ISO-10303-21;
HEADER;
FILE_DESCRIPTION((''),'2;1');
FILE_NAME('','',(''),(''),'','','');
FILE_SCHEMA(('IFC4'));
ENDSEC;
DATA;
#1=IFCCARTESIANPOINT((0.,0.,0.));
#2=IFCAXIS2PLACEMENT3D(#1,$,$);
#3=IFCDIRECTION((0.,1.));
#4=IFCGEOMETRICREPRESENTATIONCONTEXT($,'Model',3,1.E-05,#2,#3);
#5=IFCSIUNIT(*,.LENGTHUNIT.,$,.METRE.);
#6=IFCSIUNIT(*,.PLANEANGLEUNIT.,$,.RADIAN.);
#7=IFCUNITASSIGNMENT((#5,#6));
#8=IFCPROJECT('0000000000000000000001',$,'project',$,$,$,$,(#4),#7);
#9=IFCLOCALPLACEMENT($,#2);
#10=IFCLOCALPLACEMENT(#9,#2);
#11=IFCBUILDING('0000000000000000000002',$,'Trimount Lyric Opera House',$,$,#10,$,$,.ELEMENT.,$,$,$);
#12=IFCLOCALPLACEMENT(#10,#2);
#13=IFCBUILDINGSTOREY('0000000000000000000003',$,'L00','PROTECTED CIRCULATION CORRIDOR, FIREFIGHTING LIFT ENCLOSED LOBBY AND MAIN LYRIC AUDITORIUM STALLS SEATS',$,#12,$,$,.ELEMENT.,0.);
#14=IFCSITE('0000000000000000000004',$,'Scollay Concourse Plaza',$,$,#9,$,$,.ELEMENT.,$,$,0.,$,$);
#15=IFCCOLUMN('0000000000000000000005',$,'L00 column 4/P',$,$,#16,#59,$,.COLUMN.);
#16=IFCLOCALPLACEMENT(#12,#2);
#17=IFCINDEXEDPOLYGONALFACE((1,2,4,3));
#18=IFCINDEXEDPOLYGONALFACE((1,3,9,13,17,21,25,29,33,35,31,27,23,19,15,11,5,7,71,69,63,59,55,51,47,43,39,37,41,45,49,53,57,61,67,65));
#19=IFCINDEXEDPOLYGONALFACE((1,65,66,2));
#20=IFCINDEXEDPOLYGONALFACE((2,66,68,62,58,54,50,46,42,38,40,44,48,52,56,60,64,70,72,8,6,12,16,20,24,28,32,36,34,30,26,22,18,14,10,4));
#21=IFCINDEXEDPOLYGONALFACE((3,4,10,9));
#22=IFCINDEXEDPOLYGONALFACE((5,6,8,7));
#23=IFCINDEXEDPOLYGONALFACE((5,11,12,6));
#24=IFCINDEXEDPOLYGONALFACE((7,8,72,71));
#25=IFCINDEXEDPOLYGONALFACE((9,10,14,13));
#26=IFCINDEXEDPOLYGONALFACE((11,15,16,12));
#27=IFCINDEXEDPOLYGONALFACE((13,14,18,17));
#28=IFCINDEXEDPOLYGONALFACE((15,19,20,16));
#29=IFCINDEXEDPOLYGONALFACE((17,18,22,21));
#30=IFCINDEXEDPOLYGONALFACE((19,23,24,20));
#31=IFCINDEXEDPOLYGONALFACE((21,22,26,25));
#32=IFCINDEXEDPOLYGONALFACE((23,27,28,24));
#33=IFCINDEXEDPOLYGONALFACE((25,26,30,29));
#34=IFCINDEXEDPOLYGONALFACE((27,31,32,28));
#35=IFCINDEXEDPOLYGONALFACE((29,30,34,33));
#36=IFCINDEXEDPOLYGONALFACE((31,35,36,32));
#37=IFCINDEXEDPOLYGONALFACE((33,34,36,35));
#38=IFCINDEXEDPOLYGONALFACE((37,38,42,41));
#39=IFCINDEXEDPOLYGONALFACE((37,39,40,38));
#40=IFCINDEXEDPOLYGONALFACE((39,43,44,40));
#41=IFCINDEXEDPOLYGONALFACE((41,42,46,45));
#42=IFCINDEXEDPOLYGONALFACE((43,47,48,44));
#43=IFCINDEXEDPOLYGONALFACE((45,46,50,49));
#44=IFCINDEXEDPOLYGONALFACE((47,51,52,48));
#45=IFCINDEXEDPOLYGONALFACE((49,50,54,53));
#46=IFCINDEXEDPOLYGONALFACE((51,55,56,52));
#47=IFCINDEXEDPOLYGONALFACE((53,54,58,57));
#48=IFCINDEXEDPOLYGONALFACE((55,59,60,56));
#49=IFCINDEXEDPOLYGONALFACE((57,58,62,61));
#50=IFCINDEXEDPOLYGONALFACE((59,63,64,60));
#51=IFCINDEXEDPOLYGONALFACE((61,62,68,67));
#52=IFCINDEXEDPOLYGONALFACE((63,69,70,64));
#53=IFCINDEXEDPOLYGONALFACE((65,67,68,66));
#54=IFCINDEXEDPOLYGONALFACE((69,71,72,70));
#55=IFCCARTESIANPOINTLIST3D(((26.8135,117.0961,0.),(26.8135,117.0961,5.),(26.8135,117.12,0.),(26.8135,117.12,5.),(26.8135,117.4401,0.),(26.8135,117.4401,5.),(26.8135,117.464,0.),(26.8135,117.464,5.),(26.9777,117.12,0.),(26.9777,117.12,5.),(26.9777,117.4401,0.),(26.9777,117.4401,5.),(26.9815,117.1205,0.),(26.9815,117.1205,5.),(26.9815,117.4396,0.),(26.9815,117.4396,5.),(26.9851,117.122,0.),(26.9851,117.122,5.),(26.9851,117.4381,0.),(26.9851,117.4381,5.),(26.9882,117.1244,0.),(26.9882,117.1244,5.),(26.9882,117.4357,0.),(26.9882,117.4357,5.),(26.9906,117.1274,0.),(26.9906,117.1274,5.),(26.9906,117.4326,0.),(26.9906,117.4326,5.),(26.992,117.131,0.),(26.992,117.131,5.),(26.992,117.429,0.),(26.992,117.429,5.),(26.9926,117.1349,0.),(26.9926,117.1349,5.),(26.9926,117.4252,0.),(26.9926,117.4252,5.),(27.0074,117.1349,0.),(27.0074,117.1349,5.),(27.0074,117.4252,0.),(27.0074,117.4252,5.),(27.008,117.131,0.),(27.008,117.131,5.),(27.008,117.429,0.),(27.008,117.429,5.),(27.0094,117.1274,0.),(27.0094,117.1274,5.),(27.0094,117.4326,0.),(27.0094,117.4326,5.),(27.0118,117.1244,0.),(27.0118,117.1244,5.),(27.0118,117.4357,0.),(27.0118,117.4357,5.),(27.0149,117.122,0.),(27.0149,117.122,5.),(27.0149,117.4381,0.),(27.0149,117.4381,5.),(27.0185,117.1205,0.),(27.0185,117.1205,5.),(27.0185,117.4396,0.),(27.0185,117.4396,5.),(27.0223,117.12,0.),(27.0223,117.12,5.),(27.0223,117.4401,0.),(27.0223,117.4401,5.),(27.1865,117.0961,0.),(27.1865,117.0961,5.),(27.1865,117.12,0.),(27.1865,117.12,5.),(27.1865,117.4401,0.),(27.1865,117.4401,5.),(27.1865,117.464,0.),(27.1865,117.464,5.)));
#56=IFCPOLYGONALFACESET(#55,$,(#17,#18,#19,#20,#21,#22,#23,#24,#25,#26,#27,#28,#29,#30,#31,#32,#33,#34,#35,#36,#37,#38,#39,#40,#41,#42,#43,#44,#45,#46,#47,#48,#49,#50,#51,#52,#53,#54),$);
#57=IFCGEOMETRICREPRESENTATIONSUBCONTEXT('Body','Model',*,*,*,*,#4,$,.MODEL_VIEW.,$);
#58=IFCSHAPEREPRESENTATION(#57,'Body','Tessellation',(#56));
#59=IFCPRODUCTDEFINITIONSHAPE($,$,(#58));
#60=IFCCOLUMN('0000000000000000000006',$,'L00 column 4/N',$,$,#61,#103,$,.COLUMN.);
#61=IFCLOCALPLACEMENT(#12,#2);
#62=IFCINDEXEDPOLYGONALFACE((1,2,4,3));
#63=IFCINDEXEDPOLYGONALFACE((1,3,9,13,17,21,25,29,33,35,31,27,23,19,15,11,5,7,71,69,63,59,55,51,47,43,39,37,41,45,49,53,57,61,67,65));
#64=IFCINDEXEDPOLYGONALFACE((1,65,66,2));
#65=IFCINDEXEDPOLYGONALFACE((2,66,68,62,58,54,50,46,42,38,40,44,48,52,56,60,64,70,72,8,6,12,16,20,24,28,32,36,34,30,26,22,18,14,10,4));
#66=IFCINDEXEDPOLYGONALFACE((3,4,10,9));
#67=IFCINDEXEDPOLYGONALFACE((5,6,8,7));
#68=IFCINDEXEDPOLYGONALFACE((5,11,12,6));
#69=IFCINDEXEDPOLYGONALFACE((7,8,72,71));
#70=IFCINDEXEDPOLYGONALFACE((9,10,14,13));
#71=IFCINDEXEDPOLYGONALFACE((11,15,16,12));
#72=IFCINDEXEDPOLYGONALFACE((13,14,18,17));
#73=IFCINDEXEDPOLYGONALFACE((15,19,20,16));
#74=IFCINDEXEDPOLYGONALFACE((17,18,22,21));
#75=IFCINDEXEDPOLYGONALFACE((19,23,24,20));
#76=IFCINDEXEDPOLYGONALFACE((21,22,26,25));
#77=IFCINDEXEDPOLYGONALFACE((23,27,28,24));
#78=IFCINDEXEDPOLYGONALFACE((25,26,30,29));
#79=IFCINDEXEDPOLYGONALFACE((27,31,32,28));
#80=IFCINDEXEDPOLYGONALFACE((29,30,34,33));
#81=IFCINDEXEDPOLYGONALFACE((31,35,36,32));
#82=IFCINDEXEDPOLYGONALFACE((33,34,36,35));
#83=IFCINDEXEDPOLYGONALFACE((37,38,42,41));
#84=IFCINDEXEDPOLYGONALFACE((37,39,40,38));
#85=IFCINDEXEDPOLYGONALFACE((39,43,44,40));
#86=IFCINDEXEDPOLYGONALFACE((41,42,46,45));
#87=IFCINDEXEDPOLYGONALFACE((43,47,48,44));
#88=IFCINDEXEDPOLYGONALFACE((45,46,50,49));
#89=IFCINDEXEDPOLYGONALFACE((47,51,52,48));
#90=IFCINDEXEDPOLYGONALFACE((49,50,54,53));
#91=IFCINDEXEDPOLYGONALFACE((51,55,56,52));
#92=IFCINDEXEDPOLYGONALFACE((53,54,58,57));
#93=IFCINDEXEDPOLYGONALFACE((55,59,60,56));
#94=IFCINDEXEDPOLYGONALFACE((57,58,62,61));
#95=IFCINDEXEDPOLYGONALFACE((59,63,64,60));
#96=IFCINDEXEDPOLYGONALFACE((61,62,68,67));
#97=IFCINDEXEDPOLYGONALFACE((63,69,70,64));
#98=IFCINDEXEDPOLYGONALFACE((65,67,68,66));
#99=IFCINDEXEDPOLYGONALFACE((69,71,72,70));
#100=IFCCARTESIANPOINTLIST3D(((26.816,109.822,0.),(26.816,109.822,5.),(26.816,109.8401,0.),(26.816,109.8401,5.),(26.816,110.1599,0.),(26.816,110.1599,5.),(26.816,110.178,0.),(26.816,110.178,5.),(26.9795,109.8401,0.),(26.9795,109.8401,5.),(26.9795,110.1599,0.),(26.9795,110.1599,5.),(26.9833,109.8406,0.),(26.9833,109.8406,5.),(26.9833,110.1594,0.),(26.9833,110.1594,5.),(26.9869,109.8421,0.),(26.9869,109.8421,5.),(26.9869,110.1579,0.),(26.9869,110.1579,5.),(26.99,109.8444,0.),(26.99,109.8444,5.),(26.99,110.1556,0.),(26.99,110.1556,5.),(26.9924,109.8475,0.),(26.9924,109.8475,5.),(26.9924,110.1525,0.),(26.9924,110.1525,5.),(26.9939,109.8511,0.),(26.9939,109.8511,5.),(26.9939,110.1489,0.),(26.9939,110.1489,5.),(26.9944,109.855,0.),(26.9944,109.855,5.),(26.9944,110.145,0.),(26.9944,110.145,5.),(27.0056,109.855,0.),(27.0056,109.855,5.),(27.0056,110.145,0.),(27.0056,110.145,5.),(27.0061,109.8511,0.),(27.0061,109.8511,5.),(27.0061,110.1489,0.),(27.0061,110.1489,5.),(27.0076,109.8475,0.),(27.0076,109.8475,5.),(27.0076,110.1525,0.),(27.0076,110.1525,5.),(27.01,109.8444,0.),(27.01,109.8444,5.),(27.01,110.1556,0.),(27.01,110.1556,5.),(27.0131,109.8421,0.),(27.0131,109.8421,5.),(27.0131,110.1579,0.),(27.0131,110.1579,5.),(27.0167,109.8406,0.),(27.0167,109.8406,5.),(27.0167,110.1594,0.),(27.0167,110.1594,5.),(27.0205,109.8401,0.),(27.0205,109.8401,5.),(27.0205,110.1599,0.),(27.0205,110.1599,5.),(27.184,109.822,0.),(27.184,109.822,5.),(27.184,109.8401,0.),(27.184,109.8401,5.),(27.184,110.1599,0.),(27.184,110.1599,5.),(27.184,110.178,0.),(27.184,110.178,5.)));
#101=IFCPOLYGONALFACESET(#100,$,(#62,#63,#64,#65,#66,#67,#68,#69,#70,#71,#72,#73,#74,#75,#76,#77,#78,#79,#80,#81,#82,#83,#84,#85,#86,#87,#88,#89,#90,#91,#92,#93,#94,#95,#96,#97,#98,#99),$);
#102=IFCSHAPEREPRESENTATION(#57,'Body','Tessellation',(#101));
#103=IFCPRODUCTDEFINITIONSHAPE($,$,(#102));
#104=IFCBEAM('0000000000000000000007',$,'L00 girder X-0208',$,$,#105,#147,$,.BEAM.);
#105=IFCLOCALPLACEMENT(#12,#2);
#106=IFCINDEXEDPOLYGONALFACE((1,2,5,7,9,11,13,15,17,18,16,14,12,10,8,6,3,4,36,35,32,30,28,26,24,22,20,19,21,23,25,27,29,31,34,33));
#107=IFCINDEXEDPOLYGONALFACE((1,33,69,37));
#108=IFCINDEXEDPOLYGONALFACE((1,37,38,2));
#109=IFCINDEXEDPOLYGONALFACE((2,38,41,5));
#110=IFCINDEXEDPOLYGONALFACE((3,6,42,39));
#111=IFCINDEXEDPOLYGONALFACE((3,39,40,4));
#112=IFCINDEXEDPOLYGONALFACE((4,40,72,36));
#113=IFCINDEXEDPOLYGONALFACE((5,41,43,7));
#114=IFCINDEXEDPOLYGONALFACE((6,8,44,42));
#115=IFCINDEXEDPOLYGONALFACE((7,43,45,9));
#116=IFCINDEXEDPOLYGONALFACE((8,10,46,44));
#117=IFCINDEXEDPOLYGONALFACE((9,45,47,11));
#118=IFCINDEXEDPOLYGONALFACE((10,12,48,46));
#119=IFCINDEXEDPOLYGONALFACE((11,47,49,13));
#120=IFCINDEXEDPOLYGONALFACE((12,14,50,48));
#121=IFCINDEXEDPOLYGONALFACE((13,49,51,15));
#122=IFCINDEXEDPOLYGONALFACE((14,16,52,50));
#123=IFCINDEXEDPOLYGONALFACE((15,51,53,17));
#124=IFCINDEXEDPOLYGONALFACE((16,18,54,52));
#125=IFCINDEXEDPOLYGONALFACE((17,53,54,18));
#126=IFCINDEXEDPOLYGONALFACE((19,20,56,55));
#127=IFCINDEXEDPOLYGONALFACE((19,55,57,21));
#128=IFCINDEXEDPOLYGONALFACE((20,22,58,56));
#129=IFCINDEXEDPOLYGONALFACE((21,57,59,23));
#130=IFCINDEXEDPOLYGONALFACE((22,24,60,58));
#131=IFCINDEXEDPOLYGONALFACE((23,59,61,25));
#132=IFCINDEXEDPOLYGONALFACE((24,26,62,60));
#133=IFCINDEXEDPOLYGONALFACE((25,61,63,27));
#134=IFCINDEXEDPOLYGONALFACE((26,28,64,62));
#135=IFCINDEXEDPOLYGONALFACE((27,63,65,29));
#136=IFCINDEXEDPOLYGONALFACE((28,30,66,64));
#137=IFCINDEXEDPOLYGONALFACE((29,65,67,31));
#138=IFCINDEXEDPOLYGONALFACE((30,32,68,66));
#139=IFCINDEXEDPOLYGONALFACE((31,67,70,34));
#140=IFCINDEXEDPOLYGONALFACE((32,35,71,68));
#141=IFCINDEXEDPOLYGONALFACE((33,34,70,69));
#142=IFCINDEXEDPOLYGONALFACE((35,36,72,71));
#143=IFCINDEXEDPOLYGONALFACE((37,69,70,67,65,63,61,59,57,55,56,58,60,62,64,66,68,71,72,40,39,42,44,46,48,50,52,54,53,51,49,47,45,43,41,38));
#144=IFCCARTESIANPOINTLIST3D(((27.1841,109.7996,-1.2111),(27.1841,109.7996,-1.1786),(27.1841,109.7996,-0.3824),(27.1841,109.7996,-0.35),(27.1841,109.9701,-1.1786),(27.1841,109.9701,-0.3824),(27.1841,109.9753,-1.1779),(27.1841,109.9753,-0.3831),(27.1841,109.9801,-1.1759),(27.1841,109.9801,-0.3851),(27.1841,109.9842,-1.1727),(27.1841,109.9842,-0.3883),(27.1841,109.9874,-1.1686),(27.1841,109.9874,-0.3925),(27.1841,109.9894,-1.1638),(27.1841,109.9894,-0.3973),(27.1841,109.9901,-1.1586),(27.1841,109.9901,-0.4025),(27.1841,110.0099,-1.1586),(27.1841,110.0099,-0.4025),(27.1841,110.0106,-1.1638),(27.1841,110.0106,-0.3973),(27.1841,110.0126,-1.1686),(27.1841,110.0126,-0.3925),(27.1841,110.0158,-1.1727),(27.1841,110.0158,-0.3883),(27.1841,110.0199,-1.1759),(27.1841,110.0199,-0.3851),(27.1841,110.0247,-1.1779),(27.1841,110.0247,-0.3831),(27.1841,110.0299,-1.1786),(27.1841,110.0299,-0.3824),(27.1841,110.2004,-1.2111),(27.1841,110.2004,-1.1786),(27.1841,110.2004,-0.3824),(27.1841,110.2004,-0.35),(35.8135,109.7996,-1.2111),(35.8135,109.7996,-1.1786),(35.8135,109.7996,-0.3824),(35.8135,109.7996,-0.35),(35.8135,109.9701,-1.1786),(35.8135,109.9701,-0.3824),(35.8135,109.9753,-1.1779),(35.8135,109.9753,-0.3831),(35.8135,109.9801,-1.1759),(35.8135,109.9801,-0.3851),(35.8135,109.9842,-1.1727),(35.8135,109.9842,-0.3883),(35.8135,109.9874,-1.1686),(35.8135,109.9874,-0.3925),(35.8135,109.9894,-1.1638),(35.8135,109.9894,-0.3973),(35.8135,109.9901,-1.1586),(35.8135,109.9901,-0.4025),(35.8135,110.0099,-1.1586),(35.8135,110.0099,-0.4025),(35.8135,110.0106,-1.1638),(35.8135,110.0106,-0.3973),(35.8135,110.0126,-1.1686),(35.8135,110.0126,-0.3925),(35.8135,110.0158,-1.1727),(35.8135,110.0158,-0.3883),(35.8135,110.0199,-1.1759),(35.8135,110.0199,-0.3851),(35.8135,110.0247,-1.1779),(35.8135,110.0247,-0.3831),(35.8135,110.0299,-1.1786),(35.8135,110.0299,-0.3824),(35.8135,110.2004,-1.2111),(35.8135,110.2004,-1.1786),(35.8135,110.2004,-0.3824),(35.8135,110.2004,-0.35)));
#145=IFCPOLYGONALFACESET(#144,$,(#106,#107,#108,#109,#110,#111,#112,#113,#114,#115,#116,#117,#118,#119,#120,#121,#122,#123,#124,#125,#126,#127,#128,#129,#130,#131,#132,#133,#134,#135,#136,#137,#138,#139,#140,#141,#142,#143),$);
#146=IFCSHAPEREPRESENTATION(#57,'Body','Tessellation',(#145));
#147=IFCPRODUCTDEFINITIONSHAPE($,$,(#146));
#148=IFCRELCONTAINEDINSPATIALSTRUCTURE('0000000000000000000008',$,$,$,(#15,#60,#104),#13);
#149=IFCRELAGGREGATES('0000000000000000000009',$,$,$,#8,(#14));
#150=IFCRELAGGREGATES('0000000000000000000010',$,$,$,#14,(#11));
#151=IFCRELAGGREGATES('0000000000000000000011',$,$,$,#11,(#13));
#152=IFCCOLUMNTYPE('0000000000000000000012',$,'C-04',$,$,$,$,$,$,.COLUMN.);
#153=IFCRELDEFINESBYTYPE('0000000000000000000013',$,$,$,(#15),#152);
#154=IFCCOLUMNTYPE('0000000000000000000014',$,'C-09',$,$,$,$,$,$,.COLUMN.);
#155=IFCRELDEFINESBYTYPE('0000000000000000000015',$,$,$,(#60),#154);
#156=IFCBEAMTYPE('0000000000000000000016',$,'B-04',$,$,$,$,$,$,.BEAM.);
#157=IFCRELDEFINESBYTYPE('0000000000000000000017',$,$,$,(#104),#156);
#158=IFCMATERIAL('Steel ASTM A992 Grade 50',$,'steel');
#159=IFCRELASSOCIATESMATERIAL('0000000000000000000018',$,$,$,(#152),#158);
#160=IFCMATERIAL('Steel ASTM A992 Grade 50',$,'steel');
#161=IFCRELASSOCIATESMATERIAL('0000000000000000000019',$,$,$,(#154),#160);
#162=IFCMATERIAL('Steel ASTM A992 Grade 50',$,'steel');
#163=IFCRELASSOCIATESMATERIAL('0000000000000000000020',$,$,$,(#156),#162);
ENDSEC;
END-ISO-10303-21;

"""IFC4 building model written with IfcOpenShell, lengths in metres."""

from ifc_helpers import new_model, si_unit, direction, frame, origin, origin_2d, place, context, subcontext, project, spatial, i_section, extrude, material, material_profile, profile_set, type_object, element, save


model = new_model("IFC4")

# Units and contexts
model_context = context("Model", 3, precision=1e-05, world=origin(), true_north=direction((0.0, 1.0)))
body_context = subcontext(model_context, "Body", "Model", "MODEL_VIEW")
ifc_project = project(units=[si_unit("LENGTHUNIT", "METRE"), si_unit("PLANEANGLEUNIT", "RADIAN")], contexts=[model_context])

# Site, building, storey
site_placement = place(None, origin())
site = spatial("IfcSite", under=ifc_project, at=site_placement, Name="Scollay Concourse Plaza", CompositionType="ELEMENT", RefElevation=0.0)
building_placement = place(site_placement, origin())
building = spatial("IfcBuilding", under=site, at=building_placement, Name="Trimount Lyric Opera House", CompositionType="ELEMENT")
storey_placement = place(building_placement, origin())
storey = spatial("IfcBuildingStorey", under=building, at=storey_placement, Name="L00", Description="PROTECTED CIRCULATION CORRIDOR, FIREFIGHTING LIFT ENCLOSED LOBBY AND MAIN LYRIC AUDITORIUM STALLS SEATS", CompositionType="ELEMENT", Elevation=0.0)

# Columns
ifc_material_1 = material(Name="Steel ASTM A992 Grade 50", Category="steel")
ifc_material_profile_1 = material_profile(ifc_material_1, i_section(OverallWidth=0.373, OverallDepth=0.3679, WebThickness=0.0149, FlangeThickness=0.0239, FilletRadius=0.0149, at=origin_2d()), Name="W14X120")
ifc_profile_set_1 = profile_set([ifc_material_profile_1], Name="Steel ASTM A992 Grade 50")
column_type_1 = type_object("IfcColumnType", Name="C-04", PredefinedType="COLUMN", material=ifc_profile_set_1)
column_1_placement = place(storey_placement, frame((27.0, 117.28, 0.0), z_axis=(0.0, 0.0, 1.0), x_axis=(1.0, 0.0, 0.0)))
element("IfcColumn", 1, at=column_1_placement, inside=storey, type_object=column_type_1, Name="L00 column 4/P", PredefinedType="COLUMN", context=body_context, shape_type="SweptSolid", body=[
    extrude(i_section(OverallWidth=0.373, OverallDepth=0.3679, WebThickness=0.0149, FlangeThickness=0.0239, FilletRadius=0.0149, at=origin_2d()), origin(), (0.0, 0.0, 1.0), 5.0),
])
ifc_material_2 = material(Name="Steel ASTM A992 Grade 50", Category="steel")
ifc_material_profile_2 = material_profile(ifc_material_2, i_section(OverallWidth=0.3679, OverallDepth=0.356, WebThickness=0.0112, FlangeThickness=0.0181, FilletRadius=0.0149, at=origin_2d()), Name="W14X90")
ifc_profile_set_2 = profile_set([ifc_material_profile_2], Name="Steel ASTM A992 Grade 50")
column_type_2 = type_object("IfcColumnType", Name="C-09", PredefinedType="COLUMN", material=ifc_profile_set_2)
column_2_placement = place(storey_placement, frame((27.0, 110.0, 0.0), z_axis=(0.0, 0.0, 1.0), x_axis=(1.0, 0.0, 0.0)))
element("IfcColumn", 2, at=column_2_placement, inside=storey, type_object=column_type_2, Name="L00 column 4/N", PredefinedType="COLUMN", context=body_context, shape_type="SweptSolid", body=[
    extrude(i_section(OverallWidth=0.3679, OverallDepth=0.356, WebThickness=0.0112, FlangeThickness=0.0181, FilletRadius=0.0149, at=origin_2d()), origin(), (0.0, 0.0, 1.0), 5.0),
])

# Beam
ifc_material_3 = material(Name="Steel ASTM A992 Grade 50", Category="steel")
ifc_material_profile_3 = material_profile(ifc_material_3, i_section(OverallWidth=0.4009, OverallDepth=0.8611, WebThickness=0.0198, FlangeThickness=0.0325, FilletRadius=0.02, at=origin_2d()), Name="W33X221")
ifc_profile_set_3 = profile_set([ifc_material_profile_3], Name="Steel ASTM A992 Grade 50")
beam_type_1 = type_object("IfcBeamType", Name="B-04", PredefinedType="BEAM", material=ifc_profile_set_3)
beam_1_placement = place(storey_placement, frame((27.1841, 110.0, -0.7805), z_axis=(1.0, 0.0, 0.0), x_axis=(0.0, 1.0, 0.0)))
element("IfcBeam", 3, at=beam_1_placement, inside=storey, type_object=beam_type_1, Name="L00 girder X-0208", PredefinedType="BEAM", context=body_context, shape_type="SweptSolid", body=[
    extrude(i_section(OverallWidth=0.4009, OverallDepth=0.8611, WebThickness=0.0198, FlangeThickness=0.0325, FilletRadius=0.02, at=origin_2d()), origin(), (0.0, 0.0, 1.0), 8.6294),
])

save(model, "model.ifc")
